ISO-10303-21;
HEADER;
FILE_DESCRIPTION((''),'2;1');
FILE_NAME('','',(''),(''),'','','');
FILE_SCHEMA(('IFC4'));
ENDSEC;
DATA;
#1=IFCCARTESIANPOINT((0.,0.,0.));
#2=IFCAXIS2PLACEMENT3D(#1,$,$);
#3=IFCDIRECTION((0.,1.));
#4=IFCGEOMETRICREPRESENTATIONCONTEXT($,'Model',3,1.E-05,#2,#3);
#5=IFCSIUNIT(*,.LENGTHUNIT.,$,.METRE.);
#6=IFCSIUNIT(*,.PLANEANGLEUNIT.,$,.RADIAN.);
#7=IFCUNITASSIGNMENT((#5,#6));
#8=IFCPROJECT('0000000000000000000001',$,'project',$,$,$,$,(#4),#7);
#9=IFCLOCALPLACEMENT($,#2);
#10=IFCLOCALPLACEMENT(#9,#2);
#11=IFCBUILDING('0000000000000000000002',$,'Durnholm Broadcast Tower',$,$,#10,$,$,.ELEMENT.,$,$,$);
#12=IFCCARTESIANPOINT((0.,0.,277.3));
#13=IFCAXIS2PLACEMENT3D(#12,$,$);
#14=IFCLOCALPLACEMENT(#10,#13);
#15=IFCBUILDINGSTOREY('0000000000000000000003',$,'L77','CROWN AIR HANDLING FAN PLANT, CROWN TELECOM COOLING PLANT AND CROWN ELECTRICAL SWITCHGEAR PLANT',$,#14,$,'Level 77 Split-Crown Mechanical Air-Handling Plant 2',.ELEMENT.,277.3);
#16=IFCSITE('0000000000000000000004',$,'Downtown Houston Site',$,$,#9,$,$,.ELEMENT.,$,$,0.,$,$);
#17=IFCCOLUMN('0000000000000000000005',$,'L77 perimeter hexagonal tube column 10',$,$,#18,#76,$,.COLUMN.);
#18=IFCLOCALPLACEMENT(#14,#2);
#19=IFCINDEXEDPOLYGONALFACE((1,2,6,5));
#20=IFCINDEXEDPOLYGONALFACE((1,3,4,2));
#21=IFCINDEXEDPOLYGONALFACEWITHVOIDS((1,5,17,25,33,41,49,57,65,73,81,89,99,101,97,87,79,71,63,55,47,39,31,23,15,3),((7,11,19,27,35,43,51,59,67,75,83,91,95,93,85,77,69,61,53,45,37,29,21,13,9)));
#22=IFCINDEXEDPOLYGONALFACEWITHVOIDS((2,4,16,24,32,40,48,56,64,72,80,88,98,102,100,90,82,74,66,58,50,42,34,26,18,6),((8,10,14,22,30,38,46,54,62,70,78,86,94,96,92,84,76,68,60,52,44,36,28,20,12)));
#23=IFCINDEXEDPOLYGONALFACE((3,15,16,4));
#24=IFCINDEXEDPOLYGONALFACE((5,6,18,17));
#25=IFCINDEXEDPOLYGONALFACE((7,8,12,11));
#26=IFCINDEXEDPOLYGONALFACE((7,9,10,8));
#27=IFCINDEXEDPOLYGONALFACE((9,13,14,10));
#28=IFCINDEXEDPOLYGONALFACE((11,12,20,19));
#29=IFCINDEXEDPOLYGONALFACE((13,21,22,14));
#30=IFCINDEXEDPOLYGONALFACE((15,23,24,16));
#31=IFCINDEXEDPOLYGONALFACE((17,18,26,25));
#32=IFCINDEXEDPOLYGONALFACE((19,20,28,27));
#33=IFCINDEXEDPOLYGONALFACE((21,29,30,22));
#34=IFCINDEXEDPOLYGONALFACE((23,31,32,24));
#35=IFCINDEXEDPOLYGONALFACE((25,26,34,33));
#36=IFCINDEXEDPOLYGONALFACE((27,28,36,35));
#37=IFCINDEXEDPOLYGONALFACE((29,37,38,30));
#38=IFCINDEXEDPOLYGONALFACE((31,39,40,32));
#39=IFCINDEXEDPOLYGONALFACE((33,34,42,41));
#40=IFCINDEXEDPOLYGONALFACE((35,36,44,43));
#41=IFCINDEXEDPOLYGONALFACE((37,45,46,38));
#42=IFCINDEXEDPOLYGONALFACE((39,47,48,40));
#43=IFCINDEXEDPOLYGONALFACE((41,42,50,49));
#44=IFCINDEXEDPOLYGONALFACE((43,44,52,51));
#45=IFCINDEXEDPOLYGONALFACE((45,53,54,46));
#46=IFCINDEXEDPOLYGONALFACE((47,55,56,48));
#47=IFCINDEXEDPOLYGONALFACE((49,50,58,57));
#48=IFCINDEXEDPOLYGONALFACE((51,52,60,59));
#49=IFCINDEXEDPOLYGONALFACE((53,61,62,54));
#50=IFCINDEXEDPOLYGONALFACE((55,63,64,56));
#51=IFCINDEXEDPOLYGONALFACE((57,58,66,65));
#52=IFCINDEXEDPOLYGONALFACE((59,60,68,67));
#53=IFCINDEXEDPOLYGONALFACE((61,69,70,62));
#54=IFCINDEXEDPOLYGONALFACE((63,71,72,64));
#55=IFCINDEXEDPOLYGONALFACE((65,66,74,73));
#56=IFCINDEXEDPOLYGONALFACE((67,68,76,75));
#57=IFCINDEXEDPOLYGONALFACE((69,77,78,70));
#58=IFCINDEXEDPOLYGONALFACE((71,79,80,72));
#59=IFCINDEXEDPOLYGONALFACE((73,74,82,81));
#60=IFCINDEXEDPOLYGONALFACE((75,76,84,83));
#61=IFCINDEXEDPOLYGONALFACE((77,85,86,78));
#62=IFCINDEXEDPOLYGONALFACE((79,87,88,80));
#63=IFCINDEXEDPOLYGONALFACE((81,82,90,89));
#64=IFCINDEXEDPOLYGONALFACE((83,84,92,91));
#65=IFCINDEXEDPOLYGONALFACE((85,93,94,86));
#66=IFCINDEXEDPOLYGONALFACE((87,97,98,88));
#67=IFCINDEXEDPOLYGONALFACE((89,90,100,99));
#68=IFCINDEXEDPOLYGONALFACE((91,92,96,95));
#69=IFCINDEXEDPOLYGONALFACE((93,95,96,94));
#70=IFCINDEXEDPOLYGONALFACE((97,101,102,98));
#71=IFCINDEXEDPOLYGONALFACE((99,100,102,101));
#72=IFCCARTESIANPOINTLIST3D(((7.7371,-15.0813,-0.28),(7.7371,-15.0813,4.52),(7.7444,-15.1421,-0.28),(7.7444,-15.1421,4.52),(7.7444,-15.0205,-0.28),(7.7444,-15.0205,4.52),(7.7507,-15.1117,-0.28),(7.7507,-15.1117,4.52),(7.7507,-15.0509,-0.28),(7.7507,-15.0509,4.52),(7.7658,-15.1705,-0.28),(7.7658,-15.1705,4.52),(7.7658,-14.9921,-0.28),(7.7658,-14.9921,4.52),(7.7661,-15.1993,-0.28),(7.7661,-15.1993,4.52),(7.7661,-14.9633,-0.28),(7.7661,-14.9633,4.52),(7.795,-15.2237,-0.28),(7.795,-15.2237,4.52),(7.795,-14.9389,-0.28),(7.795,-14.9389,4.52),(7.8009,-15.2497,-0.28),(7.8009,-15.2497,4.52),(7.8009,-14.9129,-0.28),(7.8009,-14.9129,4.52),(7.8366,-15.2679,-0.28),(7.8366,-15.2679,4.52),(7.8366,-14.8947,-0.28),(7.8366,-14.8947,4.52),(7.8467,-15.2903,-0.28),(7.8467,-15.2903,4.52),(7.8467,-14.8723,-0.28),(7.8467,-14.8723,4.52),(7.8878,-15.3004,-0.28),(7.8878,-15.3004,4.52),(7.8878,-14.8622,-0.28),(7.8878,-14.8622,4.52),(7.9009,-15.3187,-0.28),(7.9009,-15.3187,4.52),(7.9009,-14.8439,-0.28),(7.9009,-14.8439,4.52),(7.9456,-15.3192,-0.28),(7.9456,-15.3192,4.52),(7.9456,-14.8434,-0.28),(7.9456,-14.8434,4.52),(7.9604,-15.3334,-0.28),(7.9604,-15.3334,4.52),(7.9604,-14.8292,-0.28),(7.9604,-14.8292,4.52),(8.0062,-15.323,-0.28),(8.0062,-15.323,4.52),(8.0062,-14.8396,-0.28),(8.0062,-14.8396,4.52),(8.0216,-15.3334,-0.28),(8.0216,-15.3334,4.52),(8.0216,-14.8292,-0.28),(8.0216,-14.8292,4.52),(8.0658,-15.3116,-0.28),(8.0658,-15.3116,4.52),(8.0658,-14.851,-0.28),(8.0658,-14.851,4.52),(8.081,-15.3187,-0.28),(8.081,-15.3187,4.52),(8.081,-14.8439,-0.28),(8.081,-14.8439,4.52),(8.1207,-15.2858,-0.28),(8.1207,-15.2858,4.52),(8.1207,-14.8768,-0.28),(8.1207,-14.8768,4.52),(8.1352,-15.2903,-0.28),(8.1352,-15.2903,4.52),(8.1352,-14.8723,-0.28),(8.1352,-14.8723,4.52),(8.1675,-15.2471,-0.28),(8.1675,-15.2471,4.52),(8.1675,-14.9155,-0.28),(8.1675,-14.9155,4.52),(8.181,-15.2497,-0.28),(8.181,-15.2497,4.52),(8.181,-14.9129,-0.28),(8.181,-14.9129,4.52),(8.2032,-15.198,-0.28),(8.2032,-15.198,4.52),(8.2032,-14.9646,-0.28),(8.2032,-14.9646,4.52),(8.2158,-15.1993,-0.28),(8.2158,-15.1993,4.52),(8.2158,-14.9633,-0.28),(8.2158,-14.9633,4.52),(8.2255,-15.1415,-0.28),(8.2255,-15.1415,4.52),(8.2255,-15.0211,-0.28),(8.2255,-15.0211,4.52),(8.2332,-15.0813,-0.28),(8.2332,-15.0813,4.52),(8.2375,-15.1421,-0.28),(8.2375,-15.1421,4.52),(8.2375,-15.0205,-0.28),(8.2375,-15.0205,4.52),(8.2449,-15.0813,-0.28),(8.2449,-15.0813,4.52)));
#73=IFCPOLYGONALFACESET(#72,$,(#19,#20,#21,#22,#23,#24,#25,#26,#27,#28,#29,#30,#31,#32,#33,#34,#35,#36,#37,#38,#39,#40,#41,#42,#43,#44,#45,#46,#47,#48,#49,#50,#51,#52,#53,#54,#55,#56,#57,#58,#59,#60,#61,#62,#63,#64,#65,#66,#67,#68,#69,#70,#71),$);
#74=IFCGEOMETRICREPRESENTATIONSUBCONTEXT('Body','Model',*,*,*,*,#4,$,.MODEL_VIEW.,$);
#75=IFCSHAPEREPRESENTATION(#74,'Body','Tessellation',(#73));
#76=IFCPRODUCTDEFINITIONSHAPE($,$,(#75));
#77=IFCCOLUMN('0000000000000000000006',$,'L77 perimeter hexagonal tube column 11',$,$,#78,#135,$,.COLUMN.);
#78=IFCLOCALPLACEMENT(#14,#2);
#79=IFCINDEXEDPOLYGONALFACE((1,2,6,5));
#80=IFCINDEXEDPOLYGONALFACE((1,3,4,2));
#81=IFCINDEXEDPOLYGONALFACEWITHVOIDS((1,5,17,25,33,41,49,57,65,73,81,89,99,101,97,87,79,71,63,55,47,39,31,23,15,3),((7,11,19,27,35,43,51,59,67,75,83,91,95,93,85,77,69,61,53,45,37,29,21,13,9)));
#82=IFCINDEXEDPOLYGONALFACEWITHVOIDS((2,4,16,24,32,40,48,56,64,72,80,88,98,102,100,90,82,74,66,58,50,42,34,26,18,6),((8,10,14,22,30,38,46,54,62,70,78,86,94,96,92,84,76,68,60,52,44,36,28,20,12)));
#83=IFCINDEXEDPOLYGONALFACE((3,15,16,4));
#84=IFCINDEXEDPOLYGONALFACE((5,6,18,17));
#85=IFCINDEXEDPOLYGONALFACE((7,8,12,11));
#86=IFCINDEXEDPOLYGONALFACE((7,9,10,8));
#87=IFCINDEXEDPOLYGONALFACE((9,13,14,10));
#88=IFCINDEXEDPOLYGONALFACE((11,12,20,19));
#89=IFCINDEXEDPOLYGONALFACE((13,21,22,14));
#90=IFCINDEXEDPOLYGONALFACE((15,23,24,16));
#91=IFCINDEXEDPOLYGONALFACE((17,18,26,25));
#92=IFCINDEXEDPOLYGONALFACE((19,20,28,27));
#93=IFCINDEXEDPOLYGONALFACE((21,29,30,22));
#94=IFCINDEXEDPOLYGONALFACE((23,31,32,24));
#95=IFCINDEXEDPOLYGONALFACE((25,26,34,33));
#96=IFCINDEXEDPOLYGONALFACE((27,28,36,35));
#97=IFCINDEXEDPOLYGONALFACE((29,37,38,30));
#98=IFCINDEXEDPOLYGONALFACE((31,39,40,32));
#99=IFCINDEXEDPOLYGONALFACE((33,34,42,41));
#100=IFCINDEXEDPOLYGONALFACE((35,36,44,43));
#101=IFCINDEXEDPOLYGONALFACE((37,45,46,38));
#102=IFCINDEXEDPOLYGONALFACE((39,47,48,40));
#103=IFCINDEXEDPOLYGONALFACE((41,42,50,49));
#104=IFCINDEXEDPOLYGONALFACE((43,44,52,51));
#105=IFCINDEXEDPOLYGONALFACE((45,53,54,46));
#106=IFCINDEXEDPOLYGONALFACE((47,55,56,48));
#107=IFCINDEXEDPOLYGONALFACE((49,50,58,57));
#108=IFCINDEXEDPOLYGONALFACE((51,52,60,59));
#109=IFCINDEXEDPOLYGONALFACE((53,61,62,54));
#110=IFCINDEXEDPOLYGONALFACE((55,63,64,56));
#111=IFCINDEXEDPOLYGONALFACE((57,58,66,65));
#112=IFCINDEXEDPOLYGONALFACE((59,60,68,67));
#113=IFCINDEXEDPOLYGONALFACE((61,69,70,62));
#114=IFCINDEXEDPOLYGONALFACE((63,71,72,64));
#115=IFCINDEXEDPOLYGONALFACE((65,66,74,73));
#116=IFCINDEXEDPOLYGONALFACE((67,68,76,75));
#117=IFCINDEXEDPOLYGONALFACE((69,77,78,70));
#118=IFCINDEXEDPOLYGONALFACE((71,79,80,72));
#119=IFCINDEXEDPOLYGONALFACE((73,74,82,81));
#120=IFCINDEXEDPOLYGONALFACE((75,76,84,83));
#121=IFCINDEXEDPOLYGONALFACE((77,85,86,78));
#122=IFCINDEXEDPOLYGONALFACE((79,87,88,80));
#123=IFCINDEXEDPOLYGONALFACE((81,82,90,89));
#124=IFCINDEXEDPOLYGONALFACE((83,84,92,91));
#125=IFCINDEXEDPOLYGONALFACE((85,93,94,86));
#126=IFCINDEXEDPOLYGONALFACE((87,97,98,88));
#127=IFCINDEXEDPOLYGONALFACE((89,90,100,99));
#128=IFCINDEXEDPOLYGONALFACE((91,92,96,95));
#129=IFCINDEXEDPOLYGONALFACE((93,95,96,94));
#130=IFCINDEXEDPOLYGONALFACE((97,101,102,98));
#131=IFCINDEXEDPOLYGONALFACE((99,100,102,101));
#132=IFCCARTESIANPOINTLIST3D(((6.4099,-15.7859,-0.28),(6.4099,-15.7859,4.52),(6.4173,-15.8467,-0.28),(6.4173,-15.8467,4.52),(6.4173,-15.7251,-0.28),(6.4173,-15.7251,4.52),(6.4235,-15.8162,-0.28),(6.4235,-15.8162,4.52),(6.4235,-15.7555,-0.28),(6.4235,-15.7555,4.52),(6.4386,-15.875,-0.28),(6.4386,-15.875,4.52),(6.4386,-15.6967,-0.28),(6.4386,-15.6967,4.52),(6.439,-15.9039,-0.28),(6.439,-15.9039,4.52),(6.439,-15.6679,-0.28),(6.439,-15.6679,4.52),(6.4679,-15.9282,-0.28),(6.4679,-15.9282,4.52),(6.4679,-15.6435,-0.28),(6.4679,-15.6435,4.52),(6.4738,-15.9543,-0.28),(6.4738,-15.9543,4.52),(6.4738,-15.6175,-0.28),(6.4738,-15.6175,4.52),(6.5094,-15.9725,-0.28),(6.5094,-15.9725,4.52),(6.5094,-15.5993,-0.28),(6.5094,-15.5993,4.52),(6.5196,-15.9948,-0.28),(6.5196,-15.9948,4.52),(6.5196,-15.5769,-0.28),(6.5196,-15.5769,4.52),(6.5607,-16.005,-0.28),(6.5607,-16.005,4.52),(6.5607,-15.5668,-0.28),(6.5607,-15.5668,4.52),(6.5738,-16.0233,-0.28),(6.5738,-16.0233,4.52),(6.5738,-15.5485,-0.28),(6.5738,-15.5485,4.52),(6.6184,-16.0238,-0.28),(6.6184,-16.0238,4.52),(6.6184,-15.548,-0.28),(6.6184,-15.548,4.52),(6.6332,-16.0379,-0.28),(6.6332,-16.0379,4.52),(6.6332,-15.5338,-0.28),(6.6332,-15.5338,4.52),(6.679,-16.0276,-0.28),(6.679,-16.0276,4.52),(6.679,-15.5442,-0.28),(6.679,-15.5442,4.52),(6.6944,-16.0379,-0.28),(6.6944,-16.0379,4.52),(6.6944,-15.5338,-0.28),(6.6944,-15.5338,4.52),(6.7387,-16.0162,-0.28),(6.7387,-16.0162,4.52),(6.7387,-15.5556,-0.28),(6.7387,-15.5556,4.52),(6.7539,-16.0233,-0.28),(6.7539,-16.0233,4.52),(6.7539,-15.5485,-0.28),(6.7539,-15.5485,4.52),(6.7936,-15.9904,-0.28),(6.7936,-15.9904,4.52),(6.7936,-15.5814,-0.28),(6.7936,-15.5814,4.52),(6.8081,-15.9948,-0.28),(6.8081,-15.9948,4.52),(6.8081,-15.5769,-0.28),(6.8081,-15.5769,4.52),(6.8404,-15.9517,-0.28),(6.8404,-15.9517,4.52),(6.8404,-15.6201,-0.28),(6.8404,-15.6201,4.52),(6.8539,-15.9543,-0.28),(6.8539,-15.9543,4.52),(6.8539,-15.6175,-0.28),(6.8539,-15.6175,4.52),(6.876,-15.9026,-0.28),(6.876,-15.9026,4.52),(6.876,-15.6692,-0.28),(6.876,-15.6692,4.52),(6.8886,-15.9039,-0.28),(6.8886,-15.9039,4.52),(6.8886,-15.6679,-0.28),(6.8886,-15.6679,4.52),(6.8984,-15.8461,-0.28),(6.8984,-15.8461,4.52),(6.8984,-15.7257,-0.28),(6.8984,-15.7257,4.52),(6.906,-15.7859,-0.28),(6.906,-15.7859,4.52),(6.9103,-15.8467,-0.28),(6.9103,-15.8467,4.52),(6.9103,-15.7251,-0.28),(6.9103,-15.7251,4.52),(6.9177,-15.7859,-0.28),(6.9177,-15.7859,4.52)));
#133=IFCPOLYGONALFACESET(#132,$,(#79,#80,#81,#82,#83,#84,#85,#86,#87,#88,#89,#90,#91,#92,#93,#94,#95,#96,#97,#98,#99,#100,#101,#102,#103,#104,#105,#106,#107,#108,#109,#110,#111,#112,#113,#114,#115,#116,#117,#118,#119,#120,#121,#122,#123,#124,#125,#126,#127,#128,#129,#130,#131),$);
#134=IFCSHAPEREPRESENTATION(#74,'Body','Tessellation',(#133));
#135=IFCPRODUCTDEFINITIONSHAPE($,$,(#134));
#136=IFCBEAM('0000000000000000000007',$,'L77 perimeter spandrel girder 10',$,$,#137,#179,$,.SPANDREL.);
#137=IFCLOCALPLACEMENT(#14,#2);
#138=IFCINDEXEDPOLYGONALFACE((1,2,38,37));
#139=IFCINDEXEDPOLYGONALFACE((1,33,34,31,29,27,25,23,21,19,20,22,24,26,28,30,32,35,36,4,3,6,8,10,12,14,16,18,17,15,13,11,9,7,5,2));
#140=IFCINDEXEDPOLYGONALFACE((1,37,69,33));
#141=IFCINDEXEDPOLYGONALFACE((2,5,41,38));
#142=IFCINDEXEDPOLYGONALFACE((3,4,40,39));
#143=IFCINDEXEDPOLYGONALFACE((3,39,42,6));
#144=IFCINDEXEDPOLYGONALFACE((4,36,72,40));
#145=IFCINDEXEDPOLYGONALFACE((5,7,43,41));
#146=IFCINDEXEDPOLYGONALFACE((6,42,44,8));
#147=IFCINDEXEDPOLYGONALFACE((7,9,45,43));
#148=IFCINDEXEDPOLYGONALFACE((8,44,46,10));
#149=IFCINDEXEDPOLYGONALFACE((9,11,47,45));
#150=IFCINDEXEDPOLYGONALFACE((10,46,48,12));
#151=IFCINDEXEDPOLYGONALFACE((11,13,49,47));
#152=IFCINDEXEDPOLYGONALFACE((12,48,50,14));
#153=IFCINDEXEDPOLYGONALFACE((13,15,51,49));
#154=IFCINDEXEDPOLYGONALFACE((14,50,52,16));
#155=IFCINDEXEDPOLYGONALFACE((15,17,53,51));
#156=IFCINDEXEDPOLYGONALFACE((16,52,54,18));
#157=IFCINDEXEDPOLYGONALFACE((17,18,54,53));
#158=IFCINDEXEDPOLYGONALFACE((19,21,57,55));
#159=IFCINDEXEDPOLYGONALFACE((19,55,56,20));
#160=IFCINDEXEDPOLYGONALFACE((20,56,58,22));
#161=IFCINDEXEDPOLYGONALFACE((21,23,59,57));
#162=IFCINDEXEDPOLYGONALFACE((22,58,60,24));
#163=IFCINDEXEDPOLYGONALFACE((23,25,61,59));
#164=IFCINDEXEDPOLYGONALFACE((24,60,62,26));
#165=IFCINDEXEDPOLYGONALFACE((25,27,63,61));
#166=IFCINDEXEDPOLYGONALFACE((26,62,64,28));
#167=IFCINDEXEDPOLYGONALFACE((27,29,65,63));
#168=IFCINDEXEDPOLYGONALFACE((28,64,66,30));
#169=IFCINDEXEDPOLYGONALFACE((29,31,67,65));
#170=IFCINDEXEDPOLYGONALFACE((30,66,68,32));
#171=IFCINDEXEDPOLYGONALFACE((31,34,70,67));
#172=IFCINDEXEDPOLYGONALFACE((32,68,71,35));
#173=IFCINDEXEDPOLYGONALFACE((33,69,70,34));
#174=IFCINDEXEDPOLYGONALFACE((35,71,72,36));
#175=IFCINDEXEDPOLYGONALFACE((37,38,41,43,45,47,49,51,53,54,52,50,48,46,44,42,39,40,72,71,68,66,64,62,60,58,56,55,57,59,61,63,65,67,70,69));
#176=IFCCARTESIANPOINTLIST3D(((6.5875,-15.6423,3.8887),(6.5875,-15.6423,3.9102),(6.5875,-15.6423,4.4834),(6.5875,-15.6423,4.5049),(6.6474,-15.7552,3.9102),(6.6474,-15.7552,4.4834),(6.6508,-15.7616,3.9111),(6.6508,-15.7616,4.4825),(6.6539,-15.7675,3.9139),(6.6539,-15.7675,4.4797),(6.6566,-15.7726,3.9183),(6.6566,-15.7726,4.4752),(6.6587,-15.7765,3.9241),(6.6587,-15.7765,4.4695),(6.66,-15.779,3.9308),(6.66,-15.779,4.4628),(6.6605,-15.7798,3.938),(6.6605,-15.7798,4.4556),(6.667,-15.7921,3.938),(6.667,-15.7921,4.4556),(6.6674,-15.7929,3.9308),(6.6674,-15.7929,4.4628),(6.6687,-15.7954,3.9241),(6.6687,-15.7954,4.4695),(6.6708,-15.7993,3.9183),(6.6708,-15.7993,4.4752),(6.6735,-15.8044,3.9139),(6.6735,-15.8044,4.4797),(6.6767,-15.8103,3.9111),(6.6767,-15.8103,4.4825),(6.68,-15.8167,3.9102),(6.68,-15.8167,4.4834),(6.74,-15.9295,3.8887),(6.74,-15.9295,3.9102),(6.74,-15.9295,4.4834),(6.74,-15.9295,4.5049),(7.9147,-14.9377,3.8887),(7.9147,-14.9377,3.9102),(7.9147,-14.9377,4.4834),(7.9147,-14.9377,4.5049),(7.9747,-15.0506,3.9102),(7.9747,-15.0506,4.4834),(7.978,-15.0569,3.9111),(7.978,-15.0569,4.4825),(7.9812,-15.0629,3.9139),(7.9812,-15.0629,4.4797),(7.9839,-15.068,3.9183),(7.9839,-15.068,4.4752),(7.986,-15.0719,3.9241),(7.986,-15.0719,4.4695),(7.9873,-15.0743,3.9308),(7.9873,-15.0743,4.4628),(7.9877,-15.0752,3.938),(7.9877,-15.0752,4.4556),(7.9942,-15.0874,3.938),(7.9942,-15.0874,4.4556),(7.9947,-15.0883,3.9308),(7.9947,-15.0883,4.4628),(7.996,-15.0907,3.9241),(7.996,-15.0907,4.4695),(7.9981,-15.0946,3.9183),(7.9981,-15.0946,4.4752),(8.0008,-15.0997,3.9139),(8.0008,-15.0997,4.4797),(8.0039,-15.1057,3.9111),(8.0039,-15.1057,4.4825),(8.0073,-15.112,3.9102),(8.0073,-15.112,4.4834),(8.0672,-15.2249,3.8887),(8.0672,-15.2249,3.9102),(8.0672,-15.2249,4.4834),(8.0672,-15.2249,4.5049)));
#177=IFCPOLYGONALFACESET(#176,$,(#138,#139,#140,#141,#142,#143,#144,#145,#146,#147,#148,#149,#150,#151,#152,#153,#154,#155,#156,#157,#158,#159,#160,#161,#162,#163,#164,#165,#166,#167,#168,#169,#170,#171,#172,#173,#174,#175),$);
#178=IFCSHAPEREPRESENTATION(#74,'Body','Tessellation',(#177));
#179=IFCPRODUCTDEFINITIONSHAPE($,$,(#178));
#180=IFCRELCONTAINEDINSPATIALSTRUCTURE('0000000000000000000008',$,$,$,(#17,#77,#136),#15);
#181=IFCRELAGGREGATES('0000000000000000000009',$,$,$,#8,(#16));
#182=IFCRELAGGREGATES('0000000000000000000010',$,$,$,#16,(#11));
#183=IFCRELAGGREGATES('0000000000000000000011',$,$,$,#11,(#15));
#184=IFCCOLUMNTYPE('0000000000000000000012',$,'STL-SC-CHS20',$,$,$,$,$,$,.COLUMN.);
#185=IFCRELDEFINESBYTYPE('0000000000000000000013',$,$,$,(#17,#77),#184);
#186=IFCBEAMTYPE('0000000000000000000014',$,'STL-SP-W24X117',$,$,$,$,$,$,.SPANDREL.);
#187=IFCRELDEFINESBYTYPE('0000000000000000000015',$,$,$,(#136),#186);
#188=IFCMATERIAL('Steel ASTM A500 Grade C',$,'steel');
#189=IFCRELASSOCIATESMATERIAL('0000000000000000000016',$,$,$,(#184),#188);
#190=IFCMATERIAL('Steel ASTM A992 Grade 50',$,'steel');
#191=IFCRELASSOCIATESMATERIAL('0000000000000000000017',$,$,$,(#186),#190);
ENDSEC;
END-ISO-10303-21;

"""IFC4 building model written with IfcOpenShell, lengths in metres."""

from ifc_helpers import new_model, si_unit, direction, frame, origin, origin_2d, place, context, subcontext, project, spatial, hollow_circle, i_section, extrude, source, transform, mapped, material, material_profile, profile_set, type_object, type_shapes, element, save


model = new_model("IFC4")

# Units and contexts
model_context = context("Model", 3, precision=1e-05, world=origin(), true_north=direction((0.0, 1.0)))
body_context = subcontext(model_context, "Body", "Model", "MODEL_VIEW")
ifc_project = project(units=[si_unit("LENGTHUNIT", "METRE"), si_unit("PLANEANGLEUNIT", "RADIAN")], contexts=[model_context])

# Site, building, storey
site_placement = place(None, origin())
site = spatial("IfcSite", under=ifc_project, at=site_placement, Name="Downtown Houston Site", CompositionType="ELEMENT", RefElevation=0.0)
building_placement = place(site_placement, origin())
building = spatial("IfcBuilding", under=site, at=building_placement, Name="Durnholm Broadcast Tower", CompositionType="ELEMENT")
storey_placement = place(building_placement, frame((0.0, 0.0, 277.3)))
storey = spatial("IfcBuildingStorey", under=building, at=storey_placement, Name="L77", Description="CROWN AIR HANDLING FAN PLANT, CROWN TELECOM COOLING PLANT AND CROWN ELECTRICAL SWITCHGEAR PLANT", LongName="Level 77 Split-Crown Mechanical Air-Handling Plant 2", CompositionType="ELEMENT", Elevation=277.3)

# Columns
ifc_material_1 = material(Name="Steel ASTM A500 Grade C", Category="steel")
ifc_material_profile_1 = material_profile(ifc_material_1, hollow_circle(Radius=0.2539, WallThickness=0.0117, at=origin_2d()), Name="HSS20.000X0.500")
ifc_profile_set_1 = profile_set([ifc_material_profile_1], Name="Steel ASTM A500 Grade C")
column_type = type_object("IfcColumnType", Name="STL-SC-CHS20", PredefinedType="COLUMN", material=ifc_profile_set_1)
shared_shape_1 = source(origin(), body_context, "Body", "SweptSolid", [
    extrude(hollow_circle(Radius=0.2539, WallThickness=0.0117, at=origin_2d()), origin(), (0.0, 0.0, 1.0), 4.8),
])
type_shapes(column_type, [shared_shape_1])
for number, where, z_axis, x_axis, name in (
    (1, (7.991, -15.0813, -0.28), (0.0, 0.0, 1.0), (1.0, 0.0, 0.0), "L77 perimeter hexagonal tube column 10"),
    (2, (6.6638, -15.7859, -0.28), (0.0, 0.0, 1.0), (1.0, 0.0, 0.0), "L77 perimeter hexagonal tube column 11"),
):
    element("IfcColumn", number, at=place(storey_placement, frame(where, z_axis=z_axis, x_axis=x_axis)), inside=storey, type_object=column_type, Name=name, PredefinedType="COLUMN", context=body_context, shape_type="MappedRepresentation", body=[
        mapped(shared_shape_1, transform((0.0, 0.0, 0.0), x_axis=(1.0, 0.0, 0.0), y_axis=(0.0, 1.0, 0.0), z_axis=(0.0, 0.0, 1.0), scale=1.0)),
    ])

# Beam
ifc_material_2 = material(Name="Steel ASTM A992 Grade 50", Category="steel")
ifc_material_profile_2 = material_profile(ifc_material_2, i_section(OverallWidth=0.3252, OverallDepth=0.6162, WebThickness=0.0139, FlangeThickness=0.0215, FilletRadius=0.0278, at=origin_2d()), Name="W24X117")
ifc_profile_set_2 = profile_set([ifc_material_profile_2], Name="Steel ASTM A992 Grade 50")
beam_type_1 = type_object("IfcBeamType", Name="STL-SP-W24X117", PredefinedType="SPANDREL", material=ifc_profile_set_2)
shared_shape_2 = source(origin(), body_context, "Body", "SweptSolid", [
    extrude(i_section(OverallWidth=0.3252, OverallDepth=0.6162, WebThickness=0.0139, FlangeThickness=0.0215, FilletRadius=0.0278, at=origin_2d()), origin(), (0.0, 0.0, 1.0), 1.5027),
])
type_shapes(beam_type_1, [shared_shape_2])
beam_1_placement = place(storey_placement, frame((7.991, -15.0813, 4.1968), z_axis=(-0.883242, -0.468918, 0.0), x_axis=(0.468918, -0.883242, 0.0)))
element("IfcBeam", 3, at=beam_1_placement, inside=storey, type_object=beam_type_1, Name="L77 perimeter spandrel girder 10", PredefinedType="SPANDREL", context=body_context, shape_type="MappedRepresentation", body=[
    mapped(shared_shape_2, transform((0.0, 0.0, 0.0), x_axis=(1.0, 0.0, 0.0), y_axis=(0.0, 1.0, 0.0), z_axis=(0.0, 0.0, 1.0), scale=1.0)),
])

save(model, "model.ifc")
